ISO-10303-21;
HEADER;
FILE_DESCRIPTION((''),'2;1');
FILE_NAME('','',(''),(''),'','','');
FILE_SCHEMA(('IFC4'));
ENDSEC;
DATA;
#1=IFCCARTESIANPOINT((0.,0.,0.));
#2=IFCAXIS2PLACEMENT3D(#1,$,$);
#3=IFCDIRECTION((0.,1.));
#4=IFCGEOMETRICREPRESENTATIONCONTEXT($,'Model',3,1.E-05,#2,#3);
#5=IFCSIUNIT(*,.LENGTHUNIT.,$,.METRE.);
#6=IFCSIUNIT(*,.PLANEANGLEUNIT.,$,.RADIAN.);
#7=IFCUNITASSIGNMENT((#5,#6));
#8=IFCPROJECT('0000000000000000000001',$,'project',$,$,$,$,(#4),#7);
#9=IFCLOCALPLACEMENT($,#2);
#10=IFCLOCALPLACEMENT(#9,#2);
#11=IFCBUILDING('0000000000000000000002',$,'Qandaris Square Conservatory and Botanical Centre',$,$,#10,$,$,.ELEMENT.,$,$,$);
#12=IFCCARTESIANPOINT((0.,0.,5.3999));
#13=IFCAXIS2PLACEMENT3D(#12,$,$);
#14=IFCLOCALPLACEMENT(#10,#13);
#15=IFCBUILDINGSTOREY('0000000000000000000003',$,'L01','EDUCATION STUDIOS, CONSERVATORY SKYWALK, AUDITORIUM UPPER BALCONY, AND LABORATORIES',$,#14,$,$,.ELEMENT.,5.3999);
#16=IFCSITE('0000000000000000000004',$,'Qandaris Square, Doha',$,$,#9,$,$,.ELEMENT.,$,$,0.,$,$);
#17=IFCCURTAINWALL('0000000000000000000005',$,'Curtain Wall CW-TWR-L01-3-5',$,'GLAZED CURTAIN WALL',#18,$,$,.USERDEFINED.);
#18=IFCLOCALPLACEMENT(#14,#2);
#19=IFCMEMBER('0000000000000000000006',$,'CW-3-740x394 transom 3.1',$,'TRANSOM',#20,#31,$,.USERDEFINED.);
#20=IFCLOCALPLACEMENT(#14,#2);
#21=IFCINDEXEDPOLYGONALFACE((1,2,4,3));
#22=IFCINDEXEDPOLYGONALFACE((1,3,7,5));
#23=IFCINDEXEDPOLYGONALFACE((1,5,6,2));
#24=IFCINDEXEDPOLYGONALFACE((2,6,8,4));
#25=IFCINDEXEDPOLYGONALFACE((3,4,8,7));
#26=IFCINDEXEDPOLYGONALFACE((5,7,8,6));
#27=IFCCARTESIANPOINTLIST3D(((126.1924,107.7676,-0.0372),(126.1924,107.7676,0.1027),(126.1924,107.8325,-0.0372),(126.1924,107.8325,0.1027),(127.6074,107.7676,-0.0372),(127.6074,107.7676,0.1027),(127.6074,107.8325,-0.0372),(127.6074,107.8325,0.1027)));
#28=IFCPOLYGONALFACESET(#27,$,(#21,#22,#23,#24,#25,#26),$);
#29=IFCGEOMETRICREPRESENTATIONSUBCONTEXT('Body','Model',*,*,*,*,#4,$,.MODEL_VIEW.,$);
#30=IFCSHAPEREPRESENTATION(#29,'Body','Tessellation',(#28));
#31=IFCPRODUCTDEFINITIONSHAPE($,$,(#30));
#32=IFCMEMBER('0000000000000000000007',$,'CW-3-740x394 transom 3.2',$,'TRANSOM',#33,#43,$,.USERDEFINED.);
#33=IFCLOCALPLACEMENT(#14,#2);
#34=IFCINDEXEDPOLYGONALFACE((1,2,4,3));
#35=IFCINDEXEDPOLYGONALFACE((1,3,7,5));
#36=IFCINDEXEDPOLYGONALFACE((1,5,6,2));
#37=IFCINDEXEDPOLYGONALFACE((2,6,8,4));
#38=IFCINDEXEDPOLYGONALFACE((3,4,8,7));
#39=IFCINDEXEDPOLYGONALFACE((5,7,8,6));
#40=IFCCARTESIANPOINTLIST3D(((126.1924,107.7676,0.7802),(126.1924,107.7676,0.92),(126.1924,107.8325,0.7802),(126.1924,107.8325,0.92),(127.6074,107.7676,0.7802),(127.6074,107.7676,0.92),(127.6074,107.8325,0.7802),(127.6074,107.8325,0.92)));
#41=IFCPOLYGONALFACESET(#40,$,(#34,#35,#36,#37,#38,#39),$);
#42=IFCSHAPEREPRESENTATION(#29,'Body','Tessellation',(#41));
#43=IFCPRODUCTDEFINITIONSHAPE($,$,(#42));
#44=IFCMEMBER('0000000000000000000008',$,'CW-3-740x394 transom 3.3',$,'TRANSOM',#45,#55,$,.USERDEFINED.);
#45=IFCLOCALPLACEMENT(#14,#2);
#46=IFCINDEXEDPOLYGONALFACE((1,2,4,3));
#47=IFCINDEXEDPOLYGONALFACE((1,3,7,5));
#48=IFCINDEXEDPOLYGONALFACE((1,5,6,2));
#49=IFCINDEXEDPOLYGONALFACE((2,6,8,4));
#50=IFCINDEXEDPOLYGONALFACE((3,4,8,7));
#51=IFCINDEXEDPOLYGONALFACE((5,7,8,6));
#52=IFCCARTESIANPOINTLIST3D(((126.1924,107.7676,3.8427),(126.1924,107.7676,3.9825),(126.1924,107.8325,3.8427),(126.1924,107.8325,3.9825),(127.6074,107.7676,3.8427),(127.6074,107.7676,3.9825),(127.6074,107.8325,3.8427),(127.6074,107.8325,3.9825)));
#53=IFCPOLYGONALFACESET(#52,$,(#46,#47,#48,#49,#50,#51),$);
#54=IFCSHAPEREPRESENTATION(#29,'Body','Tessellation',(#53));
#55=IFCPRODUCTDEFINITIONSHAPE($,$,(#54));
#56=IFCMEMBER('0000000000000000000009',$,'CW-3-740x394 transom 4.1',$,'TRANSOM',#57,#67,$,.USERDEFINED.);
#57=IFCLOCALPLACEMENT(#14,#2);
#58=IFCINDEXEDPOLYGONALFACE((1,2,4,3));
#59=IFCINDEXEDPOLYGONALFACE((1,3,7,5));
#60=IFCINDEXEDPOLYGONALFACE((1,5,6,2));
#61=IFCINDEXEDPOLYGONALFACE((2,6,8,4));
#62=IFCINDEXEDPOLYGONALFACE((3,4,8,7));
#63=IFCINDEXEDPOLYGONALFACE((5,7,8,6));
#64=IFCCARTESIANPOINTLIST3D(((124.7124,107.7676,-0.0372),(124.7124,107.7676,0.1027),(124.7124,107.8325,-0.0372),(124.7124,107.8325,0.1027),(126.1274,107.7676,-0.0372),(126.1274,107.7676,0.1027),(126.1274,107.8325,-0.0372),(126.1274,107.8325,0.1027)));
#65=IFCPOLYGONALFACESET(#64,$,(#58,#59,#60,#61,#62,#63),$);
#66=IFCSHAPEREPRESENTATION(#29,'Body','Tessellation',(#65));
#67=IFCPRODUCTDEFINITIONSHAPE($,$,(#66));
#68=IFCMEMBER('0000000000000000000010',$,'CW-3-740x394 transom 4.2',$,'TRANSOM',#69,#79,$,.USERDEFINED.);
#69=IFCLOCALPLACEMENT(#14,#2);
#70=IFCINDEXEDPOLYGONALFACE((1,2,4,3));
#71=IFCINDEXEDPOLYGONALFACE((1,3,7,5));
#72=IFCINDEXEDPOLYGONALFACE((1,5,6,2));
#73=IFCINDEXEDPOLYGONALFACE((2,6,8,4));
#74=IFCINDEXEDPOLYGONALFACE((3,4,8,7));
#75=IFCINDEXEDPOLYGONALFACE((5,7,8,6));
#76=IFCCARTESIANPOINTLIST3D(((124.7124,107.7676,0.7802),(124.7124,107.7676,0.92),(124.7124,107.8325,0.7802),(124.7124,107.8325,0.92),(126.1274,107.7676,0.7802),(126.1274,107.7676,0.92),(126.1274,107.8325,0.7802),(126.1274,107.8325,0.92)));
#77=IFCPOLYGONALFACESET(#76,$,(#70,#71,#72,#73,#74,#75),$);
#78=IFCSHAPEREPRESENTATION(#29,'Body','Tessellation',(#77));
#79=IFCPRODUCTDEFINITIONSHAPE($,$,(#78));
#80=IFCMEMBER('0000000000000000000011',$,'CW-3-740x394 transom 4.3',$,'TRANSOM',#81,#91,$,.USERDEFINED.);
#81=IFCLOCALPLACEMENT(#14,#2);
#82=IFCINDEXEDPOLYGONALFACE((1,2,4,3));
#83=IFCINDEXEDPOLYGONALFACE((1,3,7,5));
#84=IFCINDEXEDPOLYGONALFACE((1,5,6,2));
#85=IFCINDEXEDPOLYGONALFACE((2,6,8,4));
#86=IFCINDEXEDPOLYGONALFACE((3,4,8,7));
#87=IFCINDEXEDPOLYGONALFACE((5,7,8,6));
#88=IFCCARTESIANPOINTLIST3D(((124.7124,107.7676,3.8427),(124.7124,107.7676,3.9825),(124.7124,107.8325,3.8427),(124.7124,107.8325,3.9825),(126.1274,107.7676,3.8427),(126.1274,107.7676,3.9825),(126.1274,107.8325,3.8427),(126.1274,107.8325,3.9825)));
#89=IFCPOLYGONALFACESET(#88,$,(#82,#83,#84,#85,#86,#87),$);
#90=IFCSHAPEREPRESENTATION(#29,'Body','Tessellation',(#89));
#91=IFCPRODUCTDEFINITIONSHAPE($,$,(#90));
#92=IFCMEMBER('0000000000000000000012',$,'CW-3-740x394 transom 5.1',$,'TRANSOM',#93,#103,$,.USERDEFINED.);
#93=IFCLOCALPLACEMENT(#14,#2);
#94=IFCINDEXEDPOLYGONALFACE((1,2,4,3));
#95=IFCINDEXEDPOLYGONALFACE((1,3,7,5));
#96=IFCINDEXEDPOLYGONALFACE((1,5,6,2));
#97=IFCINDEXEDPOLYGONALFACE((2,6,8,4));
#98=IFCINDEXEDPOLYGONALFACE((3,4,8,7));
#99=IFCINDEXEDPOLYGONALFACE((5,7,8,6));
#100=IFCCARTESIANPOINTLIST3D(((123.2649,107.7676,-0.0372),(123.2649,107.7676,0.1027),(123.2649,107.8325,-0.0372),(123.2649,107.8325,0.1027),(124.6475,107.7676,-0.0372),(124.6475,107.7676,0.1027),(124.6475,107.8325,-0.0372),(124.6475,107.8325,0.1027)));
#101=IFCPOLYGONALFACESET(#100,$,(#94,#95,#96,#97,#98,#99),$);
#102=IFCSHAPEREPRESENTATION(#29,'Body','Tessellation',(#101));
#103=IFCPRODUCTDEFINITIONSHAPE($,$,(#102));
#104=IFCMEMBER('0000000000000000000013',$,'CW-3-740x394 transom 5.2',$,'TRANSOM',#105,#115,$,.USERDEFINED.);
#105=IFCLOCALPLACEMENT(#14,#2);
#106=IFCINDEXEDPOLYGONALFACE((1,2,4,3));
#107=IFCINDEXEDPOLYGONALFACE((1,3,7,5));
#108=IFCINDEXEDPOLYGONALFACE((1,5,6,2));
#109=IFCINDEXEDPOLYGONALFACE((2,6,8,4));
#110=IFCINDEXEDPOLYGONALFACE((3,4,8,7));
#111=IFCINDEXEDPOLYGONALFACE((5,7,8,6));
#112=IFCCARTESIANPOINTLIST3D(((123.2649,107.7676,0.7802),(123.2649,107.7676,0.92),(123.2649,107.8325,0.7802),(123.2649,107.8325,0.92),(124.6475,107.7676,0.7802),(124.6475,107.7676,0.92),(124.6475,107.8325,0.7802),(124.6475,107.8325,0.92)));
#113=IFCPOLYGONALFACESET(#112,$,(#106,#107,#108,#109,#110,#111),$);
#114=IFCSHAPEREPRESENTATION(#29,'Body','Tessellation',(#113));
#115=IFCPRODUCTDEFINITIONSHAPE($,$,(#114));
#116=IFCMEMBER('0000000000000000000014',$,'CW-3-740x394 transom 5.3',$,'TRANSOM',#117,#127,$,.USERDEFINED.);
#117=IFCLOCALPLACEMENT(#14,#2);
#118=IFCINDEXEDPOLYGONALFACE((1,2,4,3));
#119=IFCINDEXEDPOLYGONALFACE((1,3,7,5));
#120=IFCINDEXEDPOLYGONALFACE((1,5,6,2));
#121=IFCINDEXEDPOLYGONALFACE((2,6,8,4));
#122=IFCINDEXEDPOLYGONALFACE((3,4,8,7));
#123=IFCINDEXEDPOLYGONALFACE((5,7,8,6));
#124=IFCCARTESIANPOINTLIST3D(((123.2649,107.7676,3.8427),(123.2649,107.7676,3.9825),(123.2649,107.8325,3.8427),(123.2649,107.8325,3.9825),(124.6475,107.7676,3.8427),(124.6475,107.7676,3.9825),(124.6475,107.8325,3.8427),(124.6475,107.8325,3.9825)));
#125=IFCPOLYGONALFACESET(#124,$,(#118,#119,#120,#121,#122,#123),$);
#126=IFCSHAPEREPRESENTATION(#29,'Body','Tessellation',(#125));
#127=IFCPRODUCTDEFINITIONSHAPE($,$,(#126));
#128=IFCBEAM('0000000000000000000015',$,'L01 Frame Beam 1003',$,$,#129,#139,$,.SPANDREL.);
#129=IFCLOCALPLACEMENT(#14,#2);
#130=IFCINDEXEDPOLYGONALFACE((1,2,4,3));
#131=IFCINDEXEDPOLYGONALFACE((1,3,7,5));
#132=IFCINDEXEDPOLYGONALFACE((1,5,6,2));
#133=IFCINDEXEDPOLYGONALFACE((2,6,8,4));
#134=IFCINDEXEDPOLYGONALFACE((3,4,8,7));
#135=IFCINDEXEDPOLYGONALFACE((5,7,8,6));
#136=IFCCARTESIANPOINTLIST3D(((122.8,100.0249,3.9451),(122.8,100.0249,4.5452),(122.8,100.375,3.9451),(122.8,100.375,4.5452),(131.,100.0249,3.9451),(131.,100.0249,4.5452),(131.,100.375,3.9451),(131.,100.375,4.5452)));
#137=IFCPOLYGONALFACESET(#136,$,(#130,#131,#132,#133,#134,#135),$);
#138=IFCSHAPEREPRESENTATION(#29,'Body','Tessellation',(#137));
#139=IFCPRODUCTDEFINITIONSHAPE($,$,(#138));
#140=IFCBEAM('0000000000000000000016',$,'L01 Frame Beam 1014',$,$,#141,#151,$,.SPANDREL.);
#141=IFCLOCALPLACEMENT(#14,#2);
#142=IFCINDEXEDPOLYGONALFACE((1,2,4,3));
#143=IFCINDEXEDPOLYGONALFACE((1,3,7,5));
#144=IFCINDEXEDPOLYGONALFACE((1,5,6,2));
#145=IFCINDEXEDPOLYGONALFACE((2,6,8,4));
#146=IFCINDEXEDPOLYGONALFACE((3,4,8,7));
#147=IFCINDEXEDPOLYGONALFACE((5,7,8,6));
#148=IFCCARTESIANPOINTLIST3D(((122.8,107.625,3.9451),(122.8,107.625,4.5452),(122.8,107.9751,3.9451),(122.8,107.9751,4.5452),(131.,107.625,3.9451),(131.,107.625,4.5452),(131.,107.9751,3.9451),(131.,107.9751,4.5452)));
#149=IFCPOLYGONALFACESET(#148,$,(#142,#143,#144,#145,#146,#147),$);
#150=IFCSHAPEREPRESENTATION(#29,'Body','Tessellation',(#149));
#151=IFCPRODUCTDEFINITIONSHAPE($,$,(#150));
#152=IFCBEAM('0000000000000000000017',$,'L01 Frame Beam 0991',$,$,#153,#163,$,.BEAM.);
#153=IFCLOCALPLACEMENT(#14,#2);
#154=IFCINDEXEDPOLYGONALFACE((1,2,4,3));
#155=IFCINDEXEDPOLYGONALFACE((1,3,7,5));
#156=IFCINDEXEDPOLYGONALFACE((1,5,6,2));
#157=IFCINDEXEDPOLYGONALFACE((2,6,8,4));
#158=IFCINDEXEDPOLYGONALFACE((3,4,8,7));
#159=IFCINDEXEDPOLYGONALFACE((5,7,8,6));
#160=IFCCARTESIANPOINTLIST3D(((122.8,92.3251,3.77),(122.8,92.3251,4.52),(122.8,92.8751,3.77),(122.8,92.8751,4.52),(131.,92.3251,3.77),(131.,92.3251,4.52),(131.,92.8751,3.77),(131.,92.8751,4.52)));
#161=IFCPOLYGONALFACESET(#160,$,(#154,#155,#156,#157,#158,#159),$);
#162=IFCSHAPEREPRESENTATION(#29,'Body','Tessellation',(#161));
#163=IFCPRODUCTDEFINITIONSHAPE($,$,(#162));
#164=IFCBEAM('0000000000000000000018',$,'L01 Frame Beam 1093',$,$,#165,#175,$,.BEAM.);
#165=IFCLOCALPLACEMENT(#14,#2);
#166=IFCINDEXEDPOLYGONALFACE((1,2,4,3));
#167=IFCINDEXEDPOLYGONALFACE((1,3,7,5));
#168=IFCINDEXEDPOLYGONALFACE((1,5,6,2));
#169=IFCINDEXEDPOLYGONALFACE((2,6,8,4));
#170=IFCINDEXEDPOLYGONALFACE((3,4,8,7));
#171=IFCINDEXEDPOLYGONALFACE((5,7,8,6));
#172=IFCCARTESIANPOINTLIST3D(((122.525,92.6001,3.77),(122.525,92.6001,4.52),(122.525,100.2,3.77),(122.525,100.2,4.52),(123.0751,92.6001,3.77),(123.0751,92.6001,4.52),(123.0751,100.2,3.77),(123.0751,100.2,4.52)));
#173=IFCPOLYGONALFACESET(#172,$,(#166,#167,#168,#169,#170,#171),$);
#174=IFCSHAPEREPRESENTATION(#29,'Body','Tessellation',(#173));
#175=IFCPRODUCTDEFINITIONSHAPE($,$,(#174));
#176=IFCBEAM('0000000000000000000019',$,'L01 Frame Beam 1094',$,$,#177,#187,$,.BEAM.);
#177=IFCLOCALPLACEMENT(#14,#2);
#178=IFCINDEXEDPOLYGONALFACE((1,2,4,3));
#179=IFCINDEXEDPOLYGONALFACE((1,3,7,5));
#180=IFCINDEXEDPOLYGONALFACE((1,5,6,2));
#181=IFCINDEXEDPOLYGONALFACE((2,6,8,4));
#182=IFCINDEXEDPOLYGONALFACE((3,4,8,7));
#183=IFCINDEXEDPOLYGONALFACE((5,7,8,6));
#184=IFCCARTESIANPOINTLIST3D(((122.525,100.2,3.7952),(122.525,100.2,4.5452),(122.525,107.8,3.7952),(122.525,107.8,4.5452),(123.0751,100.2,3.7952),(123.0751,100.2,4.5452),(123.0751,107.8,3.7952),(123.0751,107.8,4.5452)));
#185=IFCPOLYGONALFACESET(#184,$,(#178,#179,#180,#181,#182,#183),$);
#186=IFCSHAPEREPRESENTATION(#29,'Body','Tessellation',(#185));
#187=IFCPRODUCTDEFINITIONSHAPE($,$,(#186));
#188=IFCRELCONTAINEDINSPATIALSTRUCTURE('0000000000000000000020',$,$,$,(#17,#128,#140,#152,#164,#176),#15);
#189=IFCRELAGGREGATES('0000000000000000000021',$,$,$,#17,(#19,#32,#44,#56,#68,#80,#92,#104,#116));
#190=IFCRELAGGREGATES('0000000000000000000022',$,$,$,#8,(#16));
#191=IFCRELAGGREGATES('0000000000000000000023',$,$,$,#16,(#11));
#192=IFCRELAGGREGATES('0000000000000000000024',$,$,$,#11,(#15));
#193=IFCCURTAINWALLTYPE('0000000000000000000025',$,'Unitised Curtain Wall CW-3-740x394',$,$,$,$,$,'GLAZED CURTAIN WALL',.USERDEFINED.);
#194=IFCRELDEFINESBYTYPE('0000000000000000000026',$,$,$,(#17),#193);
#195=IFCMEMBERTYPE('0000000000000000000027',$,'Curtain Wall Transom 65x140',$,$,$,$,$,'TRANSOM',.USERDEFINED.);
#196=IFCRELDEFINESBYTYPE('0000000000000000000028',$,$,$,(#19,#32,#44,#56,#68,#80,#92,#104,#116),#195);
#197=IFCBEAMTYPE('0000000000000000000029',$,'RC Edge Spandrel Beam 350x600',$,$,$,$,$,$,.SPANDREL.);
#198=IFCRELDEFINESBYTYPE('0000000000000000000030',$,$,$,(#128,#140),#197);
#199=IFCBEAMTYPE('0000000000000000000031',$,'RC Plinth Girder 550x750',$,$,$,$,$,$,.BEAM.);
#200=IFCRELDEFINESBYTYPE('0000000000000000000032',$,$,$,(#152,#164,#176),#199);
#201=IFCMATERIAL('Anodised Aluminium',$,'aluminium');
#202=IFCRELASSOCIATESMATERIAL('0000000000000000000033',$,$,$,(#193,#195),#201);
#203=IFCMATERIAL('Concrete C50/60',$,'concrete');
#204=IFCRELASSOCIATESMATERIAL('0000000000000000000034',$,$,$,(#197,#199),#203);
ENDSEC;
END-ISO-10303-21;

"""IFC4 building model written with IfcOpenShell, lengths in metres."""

from ifc_helpers import new_model, si_unit, direction, frame, origin, origin_2d, place, context, subcontext, project, spatial, rectangle, extrude, material, material_profile, profile_set, type_object, element, aggregate, save


model = new_model("IFC4")

# Units and contexts
model_context = context("Model", 3, precision=1e-05, world=origin(), true_north=direction((0.0, 1.0)))
body_context = subcontext(model_context, "Body", "Model", "MODEL_VIEW")
ifc_project = project(units=[si_unit("LENGTHUNIT", "METRE"), si_unit("PLANEANGLEUNIT", "RADIAN")], contexts=[model_context])

# Site, building, storey
site_placement = place(None, origin())
site = spatial("IfcSite", under=ifc_project, at=site_placement, Name="Qandaris Square, Doha", CompositionType="ELEMENT", RefElevation=0.0)
building_placement = place(site_placement, origin())
building = spatial("IfcBuilding", under=site, at=building_placement, Name="Qandaris Square Conservatory and Botanical Centre", CompositionType="ELEMENT")
storey_placement = place(building_placement, frame((0.0, 0.0, 5.3999)))
storey = spatial("IfcBuildingStorey", under=building, at=storey_placement, Name="L01", Description="EDUCATION STUDIOS, CONSERVATORY SKYWALK, AUDITORIUM UPPER BALCONY, AND LABORATORIES", CompositionType="ELEMENT", Elevation=5.3999)

# Curtain wall, members
ifc_material_1 = material(Name="Anodised Aluminium", Category="aluminium")
curtain_wall_type = type_object("IfcCurtainWallType", Name="Unitised Curtain Wall CW-3-740x394", ElementType="GLAZED CURTAIN WALL", PredefinedType="USERDEFINED", material=ifc_material_1)
curtain_wall_placement = place(storey_placement, origin())
curtain_wall = element("IfcCurtainWall", 1, at=curtain_wall_placement, inside=storey, type_object=curtain_wall_type, Name="Curtain Wall CW-TWR-L01-3-5", ObjectType="GLAZED CURTAIN WALL", PredefinedType="USERDEFINED")
ifc_material_profile_1 = material_profile(ifc_material_1, rectangle(XDim=0.0649, YDim=0.1399, at=origin_2d()), Name="ALU-TRN 65x140")
ifc_profile_set_1 = profile_set([ifc_material_profile_1], Name="Anodised Aluminium")
member_type_1 = type_object("IfcMemberType", Name="Curtain Wall Transom 65x140", ElementType="TRANSOM", PredefinedType="USERDEFINED", material=ifc_profile_set_1)
member_1_placement = place(storey_placement, frame((127.6074, 107.8, 0.0327), z_axis=(-1.0, 0.0, 0.0), x_axis=(0.0, -1.0, 0.0)))
member_1 = element("IfcMember", 2, at=member_1_placement, type_object=member_type_1, Name="CW-3-740x394 transom 3.1", ObjectType="TRANSOM", PredefinedType="USERDEFINED", context=body_context, shape_type="SweptSolid", body=[
    extrude(rectangle(XDim=0.0649, YDim=0.1399, at=origin_2d()), origin(), (0.0, 0.0, 1.0), 1.415),
])
member_2_placement = place(storey_placement, frame((127.6074, 107.8, 0.8501), z_axis=(-1.0, 0.0, 0.0), x_axis=(0.0, -1.0, 0.0)))
member_2 = element("IfcMember", 3, at=member_2_placement, type_object=member_type_1, Name="CW-3-740x394 transom 3.2", ObjectType="TRANSOM", PredefinedType="USERDEFINED", context=body_context, shape_type="SweptSolid", body=[
    extrude(rectangle(XDim=0.0649, YDim=0.1399, at=origin_2d()), origin(), (0.0, 0.0, 1.0), 1.415),
])
member_3_placement = place(storey_placement, frame((127.6074, 107.8, 3.9126), z_axis=(-1.0, 0.0, 0.0), x_axis=(0.0, -1.0, 0.0)))
member_3 = element("IfcMember", 4, at=member_3_placement, type_object=member_type_1, Name="CW-3-740x394 transom 3.3", ObjectType="TRANSOM", PredefinedType="USERDEFINED", context=body_context, shape_type="SweptSolid", body=[
    extrude(rectangle(XDim=0.0649, YDim=0.1399, at=origin_2d()), origin(), (0.0, 0.0, 1.0), 1.415),
])
member_4_placement = place(storey_placement, frame((126.1274, 107.8, 0.0327), z_axis=(-1.0, 0.0, 0.0), x_axis=(0.0, -1.0, 0.0)))
member_4 = element("IfcMember", 5, at=member_4_placement, type_object=member_type_1, Name="CW-3-740x394 transom 4.1", ObjectType="TRANSOM", PredefinedType="USERDEFINED", context=body_context, shape_type="SweptSolid", body=[
    extrude(rectangle(XDim=0.0649, YDim=0.1399, at=origin_2d()), origin(), (0.0, 0.0, 1.0), 1.415),
])
member_5_placement = place(storey_placement, frame((126.1274, 107.8, 0.8501), z_axis=(-1.0, 0.0, 0.0), x_axis=(0.0, -1.0, 0.0)))
member_5 = element("IfcMember", 6, at=member_5_placement, type_object=member_type_1, Name="CW-3-740x394 transom 4.2", ObjectType="TRANSOM", PredefinedType="USERDEFINED", context=body_context, shape_type="SweptSolid", body=[
    extrude(rectangle(XDim=0.0649, YDim=0.1399, at=origin_2d()), origin(), (0.0, 0.0, 1.0), 1.415),
])
member_6_placement = place(storey_placement, frame((126.1274, 107.8, 3.9126), z_axis=(-1.0, 0.0, 0.0), x_axis=(0.0, -1.0, 0.0)))
member_6 = element("IfcMember", 7, at=member_6_placement, type_object=member_type_1, Name="CW-3-740x394 transom 4.3", ObjectType="TRANSOM", PredefinedType="USERDEFINED", context=body_context, shape_type="SweptSolid", body=[
    extrude(rectangle(XDim=0.0649, YDim=0.1399, at=origin_2d()), origin(), (0.0, 0.0, 1.0), 1.415),
])
member_7_placement = place(storey_placement, frame((124.6475, 107.8, 0.0327), z_axis=(-1.0, 0.0, 0.0), x_axis=(0.0, -1.0, 0.0)))
member_7 = element("IfcMember", 8, at=member_7_placement, type_object=member_type_1, Name="CW-3-740x394 transom 5.1", ObjectType="TRANSOM", PredefinedType="USERDEFINED", context=body_context, shape_type="SweptSolid", body=[
    extrude(rectangle(XDim=0.0649, YDim=0.1399, at=origin_2d()), origin(), (0.0, 0.0, 1.0), 1.3826),
])
member_8_placement = place(storey_placement, frame((124.6475, 107.8, 0.8501), z_axis=(-1.0, 0.0, 0.0), x_axis=(0.0, -1.0, 0.0)))
member_8 = element("IfcMember", 9, at=member_8_placement, type_object=member_type_1, Name="CW-3-740x394 transom 5.2", ObjectType="TRANSOM", PredefinedType="USERDEFINED", context=body_context, shape_type="SweptSolid", body=[
    extrude(rectangle(XDim=0.0649, YDim=0.1399, at=origin_2d()), origin(), (0.0, 0.0, 1.0), 1.3826),
])
member_9_placement = place(storey_placement, frame((124.6475, 107.8, 3.9126), z_axis=(-1.0, 0.0, 0.0), x_axis=(0.0, -1.0, 0.0)))
member_9 = element("IfcMember", 10, at=member_9_placement, type_object=member_type_1, Name="CW-3-740x394 transom 5.3", ObjectType="TRANSOM", PredefinedType="USERDEFINED", context=body_context, shape_type="SweptSolid", body=[
    extrude(rectangle(XDim=0.0649, YDim=0.1399, at=origin_2d()), origin(), (0.0, 0.0, 1.0), 1.3826),
])

# Beams
ifc_material_2 = material(Name="Concrete C50/60", Category="concrete")
ifc_material_profile_2 = material_profile(ifc_material_2, rectangle(XDim=0.3501, YDim=0.6001, at=origin_2d()), Name="RC-SP 350x600")
ifc_profile_set_2 = profile_set([ifc_material_profile_2], Name="Concrete C50/60")
beam_type_1 = type_object("IfcBeamType", Name="RC Edge Spandrel Beam 350x600", PredefinedType="SPANDREL", material=ifc_profile_set_2)
for number, where, z_axis, x_axis, name in (
    (11, (122.8, 100.2, 4.2451), (1.0, 0.0, 0.0), (0.0, 1.0, 0.0), "L01 Frame Beam 1003"),
    (12, (122.8, 107.8, 4.2451), (1.0, 0.0, 0.0), (0.0, 1.0, 0.0), "L01 Frame Beam 1014"),
):
    element("IfcBeam", number, at=place(storey_placement, frame(where, z_axis=z_axis, x_axis=x_axis)), inside=storey, type_object=beam_type_1, Name=name, PredefinedType="SPANDREL", context=body_context, shape_type="SweptSolid", body=[
        extrude(rectangle(XDim=0.3501, YDim=0.6001, at=origin_2d()), origin(), (0.0, 0.0, 1.0), 8.2),
    ])
ifc_material_profile_3 = material_profile(ifc_material_2, rectangle(XDim=0.55, YDim=0.75, at=origin_2d()), Name="RC-BM 550x750")
ifc_profile_set_3 = profile_set([ifc_material_profile_3], Name="Concrete C50/60")
beam_type_2 = type_object("IfcBeamType", Name="RC Plinth Girder 550x750", PredefinedType="BEAM", material=ifc_profile_set_3)
beam_1_placement = place(storey_placement, frame((122.8, 92.6001, 4.145), z_axis=(1.0, 0.0, 0.0), x_axis=(0.0, 1.0, 0.0)))
element("IfcBeam", 13, at=beam_1_placement, inside=storey, type_object=beam_type_2, Name="L01 Frame Beam 0991", PredefinedType="BEAM", context=body_context, shape_type="SweptSolid", body=[
    extrude(rectangle(XDim=0.55, YDim=0.75, at=origin_2d()), origin(), (0.0, 0.0, 1.0), 8.2),
])
beam_2_placement = place(storey_placement, frame((122.8, 92.6001, 4.145), z_axis=(0.0, 1.0, 0.0), x_axis=(-1.0, 0.0, 0.0)))
element("IfcBeam", 14, at=beam_2_placement, inside=storey, type_object=beam_type_2, Name="L01 Frame Beam 1093", PredefinedType="BEAM", context=body_context, shape_type="SweptSolid", body=[
    extrude(rectangle(XDim=0.55, YDim=0.75, at=origin_2d()), origin(), (0.0, 0.0, 1.0), 7.5999),
])
beam_3_placement = place(storey_placement, frame((122.8, 100.2, 4.1702), z_axis=(0.0, 1.0, 0.0), x_axis=(-1.0, 0.0, 0.0)))
element("IfcBeam", 15, at=beam_3_placement, inside=storey, type_object=beam_type_2, Name="L01 Frame Beam 1094", PredefinedType="BEAM", context=body_context, shape_type="SweptSolid", body=[
    extrude(rectangle(XDim=0.55, YDim=0.75, at=origin_2d()), origin(), (0.0, 0.0, 1.0), 7.6001),
])

aggregate(curtain_wall, [member_1, member_2, member_3, member_4, member_5, member_6, member_7, member_8, member_9])

save(model, "model.ifc")
